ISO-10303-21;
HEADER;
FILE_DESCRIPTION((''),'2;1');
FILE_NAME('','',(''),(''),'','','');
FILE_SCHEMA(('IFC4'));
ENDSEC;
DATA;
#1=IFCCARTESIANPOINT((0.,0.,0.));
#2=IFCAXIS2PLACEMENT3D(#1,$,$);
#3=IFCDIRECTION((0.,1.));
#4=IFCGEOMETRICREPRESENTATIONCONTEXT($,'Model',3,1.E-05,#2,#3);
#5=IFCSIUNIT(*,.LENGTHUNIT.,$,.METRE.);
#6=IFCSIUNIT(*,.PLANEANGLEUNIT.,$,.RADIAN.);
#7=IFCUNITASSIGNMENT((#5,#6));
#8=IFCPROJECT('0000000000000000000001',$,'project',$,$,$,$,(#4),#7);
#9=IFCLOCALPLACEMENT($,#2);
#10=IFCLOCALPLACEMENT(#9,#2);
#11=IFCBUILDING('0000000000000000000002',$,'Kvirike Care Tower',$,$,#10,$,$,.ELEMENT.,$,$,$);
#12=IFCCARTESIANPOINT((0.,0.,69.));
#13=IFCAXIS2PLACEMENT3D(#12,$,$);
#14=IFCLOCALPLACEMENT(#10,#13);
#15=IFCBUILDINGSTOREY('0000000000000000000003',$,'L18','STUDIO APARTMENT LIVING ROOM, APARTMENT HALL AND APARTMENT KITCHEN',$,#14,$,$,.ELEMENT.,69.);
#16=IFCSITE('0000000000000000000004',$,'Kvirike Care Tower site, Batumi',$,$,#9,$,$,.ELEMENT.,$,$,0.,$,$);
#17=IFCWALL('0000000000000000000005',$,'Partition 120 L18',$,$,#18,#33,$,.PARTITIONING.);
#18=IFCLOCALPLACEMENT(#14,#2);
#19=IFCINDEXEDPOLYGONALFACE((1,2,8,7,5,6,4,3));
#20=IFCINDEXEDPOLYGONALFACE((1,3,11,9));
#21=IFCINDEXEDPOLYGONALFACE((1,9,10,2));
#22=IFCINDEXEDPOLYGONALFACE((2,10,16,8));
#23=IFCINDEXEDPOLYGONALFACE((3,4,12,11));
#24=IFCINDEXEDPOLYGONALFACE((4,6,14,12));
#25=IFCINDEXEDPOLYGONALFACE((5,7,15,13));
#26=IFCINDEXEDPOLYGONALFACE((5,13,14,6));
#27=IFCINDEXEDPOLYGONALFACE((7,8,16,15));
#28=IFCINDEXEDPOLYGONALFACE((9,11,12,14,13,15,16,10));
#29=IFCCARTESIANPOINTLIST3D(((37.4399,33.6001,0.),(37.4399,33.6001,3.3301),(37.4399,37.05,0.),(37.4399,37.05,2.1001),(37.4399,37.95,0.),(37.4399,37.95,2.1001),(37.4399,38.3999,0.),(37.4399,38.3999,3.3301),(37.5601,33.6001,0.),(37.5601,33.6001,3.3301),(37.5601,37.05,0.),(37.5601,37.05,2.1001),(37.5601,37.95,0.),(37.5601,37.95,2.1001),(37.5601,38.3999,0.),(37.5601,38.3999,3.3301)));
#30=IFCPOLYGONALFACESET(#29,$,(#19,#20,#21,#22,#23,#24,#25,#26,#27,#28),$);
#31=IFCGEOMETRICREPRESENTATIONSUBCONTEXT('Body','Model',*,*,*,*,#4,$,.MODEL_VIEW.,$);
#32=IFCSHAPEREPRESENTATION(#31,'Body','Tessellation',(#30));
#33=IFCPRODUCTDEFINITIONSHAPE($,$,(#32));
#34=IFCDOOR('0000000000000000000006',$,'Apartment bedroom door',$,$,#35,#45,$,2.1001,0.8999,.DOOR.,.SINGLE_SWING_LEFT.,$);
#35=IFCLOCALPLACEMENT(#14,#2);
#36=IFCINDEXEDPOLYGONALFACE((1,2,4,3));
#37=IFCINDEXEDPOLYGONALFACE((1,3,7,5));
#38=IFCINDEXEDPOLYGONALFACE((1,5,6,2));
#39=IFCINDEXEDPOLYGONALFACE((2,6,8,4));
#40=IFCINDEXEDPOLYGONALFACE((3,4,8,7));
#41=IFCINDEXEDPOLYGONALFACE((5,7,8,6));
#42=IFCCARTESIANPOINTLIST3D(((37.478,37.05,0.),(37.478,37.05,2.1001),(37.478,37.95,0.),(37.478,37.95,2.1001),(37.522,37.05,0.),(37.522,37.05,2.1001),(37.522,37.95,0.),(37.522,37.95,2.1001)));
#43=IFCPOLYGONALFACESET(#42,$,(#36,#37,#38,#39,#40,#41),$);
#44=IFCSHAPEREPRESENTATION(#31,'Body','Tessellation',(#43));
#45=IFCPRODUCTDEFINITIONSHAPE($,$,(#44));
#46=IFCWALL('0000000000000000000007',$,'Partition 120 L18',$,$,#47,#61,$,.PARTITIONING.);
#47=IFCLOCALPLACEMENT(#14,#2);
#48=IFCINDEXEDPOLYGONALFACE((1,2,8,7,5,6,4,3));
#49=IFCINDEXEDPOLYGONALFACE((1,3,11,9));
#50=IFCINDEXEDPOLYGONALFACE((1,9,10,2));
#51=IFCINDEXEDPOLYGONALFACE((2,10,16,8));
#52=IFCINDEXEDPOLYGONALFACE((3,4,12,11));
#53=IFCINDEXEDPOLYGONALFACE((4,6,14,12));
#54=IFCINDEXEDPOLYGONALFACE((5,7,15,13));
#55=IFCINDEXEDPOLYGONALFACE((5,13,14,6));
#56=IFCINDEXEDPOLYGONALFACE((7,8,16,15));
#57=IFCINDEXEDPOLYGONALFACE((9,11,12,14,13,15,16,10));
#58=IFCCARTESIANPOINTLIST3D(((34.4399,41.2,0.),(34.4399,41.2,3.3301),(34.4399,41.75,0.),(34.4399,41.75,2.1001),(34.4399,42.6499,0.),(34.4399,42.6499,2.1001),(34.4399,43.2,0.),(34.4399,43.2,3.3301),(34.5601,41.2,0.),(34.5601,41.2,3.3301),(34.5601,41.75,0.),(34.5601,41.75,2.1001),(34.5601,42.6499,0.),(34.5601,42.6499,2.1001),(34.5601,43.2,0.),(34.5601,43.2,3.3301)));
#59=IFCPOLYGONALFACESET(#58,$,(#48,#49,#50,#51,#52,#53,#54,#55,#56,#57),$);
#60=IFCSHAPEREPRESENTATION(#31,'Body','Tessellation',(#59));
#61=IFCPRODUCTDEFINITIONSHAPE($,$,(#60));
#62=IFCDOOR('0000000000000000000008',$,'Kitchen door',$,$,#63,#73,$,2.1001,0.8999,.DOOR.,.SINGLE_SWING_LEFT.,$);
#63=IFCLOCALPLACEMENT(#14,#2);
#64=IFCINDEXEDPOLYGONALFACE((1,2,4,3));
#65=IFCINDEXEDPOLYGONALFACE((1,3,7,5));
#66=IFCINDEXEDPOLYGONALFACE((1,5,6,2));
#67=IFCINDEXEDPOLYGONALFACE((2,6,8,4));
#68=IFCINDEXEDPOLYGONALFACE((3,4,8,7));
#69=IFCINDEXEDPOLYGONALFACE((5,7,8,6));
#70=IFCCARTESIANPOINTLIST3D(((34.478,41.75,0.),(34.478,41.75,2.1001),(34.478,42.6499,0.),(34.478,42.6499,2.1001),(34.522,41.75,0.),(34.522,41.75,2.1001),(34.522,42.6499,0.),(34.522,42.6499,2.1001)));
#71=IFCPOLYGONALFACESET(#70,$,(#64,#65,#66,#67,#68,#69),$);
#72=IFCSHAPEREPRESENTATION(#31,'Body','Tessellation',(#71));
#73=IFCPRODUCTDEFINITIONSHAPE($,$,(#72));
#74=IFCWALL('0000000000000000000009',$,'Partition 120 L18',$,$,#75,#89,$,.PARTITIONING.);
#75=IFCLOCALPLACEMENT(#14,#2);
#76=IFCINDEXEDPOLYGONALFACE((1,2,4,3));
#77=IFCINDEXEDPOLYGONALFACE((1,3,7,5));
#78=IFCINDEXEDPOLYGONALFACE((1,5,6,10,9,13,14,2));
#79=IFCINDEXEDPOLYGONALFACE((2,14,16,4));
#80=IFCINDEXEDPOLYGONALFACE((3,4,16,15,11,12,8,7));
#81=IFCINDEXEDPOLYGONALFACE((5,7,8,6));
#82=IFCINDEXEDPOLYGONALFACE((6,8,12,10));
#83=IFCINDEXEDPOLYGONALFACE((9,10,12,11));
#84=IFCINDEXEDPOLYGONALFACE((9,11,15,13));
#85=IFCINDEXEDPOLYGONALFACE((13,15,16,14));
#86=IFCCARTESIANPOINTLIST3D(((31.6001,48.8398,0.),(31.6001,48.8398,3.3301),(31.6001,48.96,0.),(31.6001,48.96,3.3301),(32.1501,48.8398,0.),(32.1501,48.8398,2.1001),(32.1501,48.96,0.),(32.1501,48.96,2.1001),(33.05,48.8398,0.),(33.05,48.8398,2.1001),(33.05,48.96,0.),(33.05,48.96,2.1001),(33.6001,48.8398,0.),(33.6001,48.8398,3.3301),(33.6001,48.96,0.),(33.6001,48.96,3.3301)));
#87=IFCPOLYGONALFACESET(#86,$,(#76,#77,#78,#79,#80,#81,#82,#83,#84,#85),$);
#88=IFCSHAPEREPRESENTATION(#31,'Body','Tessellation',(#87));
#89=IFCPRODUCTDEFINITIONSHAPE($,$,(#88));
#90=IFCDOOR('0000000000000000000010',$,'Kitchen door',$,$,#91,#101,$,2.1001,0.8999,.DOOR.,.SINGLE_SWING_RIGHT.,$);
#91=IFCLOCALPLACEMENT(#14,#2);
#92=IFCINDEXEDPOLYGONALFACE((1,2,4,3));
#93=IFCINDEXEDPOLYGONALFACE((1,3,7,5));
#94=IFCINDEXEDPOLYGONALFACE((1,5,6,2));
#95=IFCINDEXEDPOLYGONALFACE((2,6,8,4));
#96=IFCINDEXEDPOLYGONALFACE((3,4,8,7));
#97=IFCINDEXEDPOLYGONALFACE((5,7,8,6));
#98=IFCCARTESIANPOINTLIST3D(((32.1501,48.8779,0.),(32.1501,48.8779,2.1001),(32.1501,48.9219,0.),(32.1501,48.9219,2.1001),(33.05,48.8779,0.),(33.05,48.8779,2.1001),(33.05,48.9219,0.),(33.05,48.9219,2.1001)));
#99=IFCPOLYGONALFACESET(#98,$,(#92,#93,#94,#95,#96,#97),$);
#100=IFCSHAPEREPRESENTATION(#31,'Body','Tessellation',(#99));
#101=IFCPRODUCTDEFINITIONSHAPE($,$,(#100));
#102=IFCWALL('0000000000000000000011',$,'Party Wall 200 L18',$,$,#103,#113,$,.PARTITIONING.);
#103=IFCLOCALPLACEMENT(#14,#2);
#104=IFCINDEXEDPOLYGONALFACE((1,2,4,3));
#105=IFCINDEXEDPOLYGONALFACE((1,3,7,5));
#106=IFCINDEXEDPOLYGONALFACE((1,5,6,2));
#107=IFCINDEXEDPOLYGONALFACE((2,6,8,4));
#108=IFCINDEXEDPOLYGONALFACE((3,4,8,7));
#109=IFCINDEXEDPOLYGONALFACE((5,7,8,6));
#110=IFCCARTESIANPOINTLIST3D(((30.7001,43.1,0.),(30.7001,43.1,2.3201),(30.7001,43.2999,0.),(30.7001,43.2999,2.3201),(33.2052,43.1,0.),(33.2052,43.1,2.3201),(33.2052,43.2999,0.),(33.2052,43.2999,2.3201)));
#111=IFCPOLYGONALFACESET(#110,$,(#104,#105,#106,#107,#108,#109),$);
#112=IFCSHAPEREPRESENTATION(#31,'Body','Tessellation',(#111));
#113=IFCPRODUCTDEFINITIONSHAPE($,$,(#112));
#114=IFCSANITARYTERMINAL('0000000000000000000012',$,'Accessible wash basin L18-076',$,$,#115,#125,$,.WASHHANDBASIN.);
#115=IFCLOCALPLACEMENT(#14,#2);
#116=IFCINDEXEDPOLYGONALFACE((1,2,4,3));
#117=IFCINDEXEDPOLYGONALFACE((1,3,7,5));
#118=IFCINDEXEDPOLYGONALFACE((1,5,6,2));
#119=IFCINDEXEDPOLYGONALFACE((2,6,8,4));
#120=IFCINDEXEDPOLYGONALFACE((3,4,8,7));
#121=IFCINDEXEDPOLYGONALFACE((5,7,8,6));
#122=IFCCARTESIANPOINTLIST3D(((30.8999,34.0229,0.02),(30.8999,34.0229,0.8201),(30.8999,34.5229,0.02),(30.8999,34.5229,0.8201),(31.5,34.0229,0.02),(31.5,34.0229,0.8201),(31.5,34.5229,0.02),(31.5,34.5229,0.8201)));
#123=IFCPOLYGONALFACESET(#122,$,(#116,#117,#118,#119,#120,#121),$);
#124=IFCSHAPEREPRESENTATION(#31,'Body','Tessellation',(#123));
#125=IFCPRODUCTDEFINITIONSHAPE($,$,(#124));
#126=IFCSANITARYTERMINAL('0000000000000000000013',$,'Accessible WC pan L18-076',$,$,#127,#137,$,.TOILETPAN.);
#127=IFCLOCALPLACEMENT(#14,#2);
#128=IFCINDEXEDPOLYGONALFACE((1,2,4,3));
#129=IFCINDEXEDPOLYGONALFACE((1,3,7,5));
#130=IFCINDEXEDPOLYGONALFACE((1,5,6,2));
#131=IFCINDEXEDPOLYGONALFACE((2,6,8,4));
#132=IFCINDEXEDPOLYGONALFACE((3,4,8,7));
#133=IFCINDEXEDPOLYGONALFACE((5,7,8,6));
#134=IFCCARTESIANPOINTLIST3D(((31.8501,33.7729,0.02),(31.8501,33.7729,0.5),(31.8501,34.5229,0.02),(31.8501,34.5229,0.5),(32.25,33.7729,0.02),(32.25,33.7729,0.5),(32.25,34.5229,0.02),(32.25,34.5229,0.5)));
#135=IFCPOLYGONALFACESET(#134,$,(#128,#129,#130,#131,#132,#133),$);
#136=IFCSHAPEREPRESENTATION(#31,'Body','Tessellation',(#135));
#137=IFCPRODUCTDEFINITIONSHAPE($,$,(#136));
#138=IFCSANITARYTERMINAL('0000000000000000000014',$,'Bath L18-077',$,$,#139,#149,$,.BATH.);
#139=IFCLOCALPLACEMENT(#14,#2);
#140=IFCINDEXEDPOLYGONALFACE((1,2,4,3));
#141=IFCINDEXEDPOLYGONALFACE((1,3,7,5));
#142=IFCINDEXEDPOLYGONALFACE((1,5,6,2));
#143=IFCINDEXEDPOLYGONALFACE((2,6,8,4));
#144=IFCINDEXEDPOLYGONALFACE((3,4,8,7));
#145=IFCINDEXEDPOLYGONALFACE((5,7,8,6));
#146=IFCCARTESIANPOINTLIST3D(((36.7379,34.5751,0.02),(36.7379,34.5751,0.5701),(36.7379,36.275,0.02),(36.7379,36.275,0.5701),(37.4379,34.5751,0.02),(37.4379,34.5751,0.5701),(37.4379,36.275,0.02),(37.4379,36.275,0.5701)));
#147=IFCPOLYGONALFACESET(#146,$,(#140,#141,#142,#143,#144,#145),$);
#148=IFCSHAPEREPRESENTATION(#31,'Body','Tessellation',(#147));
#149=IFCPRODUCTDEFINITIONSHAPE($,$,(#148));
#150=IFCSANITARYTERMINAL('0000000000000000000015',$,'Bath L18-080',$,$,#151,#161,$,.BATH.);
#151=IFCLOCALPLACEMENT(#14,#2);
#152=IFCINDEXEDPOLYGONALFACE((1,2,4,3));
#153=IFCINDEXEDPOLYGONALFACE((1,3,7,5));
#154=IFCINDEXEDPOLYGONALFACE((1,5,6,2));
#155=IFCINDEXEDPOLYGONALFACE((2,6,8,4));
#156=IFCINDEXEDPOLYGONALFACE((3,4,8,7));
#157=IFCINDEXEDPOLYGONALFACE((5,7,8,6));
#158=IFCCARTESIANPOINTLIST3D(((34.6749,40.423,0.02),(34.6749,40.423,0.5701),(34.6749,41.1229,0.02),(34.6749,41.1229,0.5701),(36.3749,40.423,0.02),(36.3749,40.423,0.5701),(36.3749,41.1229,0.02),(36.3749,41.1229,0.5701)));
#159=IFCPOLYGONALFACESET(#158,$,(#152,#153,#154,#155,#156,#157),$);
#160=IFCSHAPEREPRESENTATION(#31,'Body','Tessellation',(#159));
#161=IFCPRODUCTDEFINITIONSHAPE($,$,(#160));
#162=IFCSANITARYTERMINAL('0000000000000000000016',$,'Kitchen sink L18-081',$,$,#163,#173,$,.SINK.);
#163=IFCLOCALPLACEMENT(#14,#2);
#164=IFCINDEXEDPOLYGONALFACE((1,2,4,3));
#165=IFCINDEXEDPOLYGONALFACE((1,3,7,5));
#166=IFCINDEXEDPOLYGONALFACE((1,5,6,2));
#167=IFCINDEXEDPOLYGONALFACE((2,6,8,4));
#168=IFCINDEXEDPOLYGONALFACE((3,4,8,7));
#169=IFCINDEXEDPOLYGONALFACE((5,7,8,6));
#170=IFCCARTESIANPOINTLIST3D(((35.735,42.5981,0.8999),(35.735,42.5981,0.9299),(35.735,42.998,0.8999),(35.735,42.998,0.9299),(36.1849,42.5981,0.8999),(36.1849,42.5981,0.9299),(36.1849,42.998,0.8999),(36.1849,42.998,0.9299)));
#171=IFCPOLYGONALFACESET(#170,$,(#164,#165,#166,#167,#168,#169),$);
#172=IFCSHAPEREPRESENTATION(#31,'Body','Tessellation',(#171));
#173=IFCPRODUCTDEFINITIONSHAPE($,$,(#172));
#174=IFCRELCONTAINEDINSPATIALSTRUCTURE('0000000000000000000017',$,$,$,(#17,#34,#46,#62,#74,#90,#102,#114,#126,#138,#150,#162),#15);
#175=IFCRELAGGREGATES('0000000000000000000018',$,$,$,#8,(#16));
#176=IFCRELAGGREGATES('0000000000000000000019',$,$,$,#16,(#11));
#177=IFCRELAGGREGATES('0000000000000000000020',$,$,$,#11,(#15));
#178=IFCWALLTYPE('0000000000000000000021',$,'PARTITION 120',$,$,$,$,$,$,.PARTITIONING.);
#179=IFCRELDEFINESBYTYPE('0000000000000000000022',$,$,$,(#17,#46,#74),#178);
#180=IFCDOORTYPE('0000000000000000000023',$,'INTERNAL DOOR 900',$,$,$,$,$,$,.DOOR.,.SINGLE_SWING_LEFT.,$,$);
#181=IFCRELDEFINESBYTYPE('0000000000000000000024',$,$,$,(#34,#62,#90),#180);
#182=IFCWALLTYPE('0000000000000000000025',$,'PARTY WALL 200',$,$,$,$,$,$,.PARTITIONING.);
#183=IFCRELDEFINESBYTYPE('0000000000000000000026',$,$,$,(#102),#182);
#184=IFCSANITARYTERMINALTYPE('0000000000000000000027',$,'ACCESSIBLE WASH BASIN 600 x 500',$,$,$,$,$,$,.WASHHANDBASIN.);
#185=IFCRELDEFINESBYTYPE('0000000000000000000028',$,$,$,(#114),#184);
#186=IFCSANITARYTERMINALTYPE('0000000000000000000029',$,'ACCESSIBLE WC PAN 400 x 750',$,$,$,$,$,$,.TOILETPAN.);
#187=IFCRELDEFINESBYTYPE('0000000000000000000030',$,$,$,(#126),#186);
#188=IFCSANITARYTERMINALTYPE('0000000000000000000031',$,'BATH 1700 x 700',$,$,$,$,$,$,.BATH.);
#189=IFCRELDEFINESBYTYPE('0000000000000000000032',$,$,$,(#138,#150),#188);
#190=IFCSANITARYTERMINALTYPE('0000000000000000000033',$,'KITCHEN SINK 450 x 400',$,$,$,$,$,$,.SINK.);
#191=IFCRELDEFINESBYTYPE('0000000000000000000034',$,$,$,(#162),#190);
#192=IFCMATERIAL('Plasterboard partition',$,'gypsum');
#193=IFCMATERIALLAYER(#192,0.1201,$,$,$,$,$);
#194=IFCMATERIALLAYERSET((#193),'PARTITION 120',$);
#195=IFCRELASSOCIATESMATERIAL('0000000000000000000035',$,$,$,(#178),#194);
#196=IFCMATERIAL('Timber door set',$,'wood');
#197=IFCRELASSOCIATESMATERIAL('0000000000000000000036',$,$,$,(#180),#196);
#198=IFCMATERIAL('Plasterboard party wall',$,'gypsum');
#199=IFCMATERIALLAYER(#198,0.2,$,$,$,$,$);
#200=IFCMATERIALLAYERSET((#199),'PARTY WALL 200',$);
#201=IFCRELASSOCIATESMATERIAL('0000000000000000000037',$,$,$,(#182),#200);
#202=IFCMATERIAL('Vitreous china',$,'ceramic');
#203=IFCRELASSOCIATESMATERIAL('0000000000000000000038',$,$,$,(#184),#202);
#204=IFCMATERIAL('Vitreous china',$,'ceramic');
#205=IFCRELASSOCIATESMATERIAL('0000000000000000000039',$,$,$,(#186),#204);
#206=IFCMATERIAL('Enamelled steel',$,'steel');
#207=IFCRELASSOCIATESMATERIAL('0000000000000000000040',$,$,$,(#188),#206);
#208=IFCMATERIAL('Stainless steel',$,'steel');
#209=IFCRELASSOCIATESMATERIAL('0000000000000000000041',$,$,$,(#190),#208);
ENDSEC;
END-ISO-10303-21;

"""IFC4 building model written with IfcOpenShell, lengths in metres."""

from ifc_helpers import new_model, si_unit, direction, frame, frame_2d, origin, origin_2d, place, context, subcontext, project, spatial, rectangle, extrude, material, layer, layer_set, type_object, element, fill, save


model = new_model("IFC4")

# Units and contexts
model_context = context("Model", 3, precision=1e-05, world=origin(), true_north=direction((0.0, 1.0)))
body_context = subcontext(model_context, "Body", "Model", "MODEL_VIEW")
ifc_project = project(units=[si_unit("LENGTHUNIT", "METRE"), si_unit("PLANEANGLEUNIT", "RADIAN")], contexts=[model_context])

# Site, building, storey
site_placement = place(None, origin())
site = spatial("IfcSite", under=ifc_project, at=site_placement, Name="Kvirike Care Tower site, Batumi", CompositionType="ELEMENT", RefElevation=0.0)
building_placement = place(site_placement, origin())
building = spatial("IfcBuilding", under=site, at=building_placement, Name="Kvirike Care Tower", CompositionType="ELEMENT")
storey_placement = place(building_placement, frame((0.0, 0.0, 69.0)))
storey = spatial("IfcBuildingStorey", under=building, at=storey_placement, Name="L18", Description="STUDIO APARTMENT LIVING ROOM, APARTMENT HALL AND APARTMENT KITCHEN", CompositionType="ELEMENT", Elevation=69.0)

# Walls, openings, doors
ifc_material_1 = material(Name="Plasterboard partition", Category="gypsum")
ifc_layer_1 = layer(ifc_material_1, 0.1201)
ifc_layer_set_1 = layer_set([ifc_layer_1], Name="PARTITION 120")
wall_type_1 = type_object("IfcWallType", Name="PARTITION 120", PredefinedType="PARTITIONING", material=ifc_layer_set_1)
wall_1_placement = place(storey_placement, frame((37.5, 33.6001, 0.0), z_axis=(0.0, 0.0, 1.0), x_axis=(0.0, 1.0, 0.0)))
wall_1 = element("IfcWall", 1, at=wall_1_placement, inside=storey, type_object=wall_type_1, Name="Partition 120 L18", PredefinedType="PARTITIONING", context=body_context, shape_type="SweptSolid", body=[
    extrude(rectangle(XDim=4.7998, YDim=0.1201, at=frame_2d((2.3999, 0.0))), origin(), (0.0, 0.0, 1.0), 3.3301),
])
opening_1_placement = place(wall_1_placement, frame((3.45, 0.0, 0.0)))
opening_1 = element("IfcOpeningElement", 2, at=opening_1_placement, cuts=wall_1, PredefinedType="OPENING", context=body_context, shape_type="SweptSolid", body=[
    extrude(rectangle(XDim=0.8999, YDim=2.1001, at=frame_2d((0.45, 1.05))), frame((0.0, 0.0706, 0.0), z_axis=(0.0, -1.0, 0.0), x_axis=(1.0, 0.0, 0.0)), (0.0, 0.0, 1.0), 0.1411),
])
ifc_material_2 = material(Name="Timber door set", Category="wood")
door_type_1 = type_object("IfcDoorType", Name="INTERNAL DOOR 900", OperationType="SINGLE_SWING_LEFT", PredefinedType="DOOR", material=ifc_material_2)
door_1_placement = place(opening_1_placement, origin())
door_1 = element("IfcDoor", 3, at=door_1_placement, inside=storey, type_object=door_type_1, Name="Apartment bedroom door", OperationType="SINGLE_SWING_LEFT", OverallHeight=2.1001, OverallWidth=0.8999, PredefinedType="DOOR", context=body_context, shape_type="SweptSolid", body=[
    extrude(rectangle(XDim=0.8999, YDim=2.1001, at=frame_2d((0.45, 1.05))), frame((0.0, 0.022, 0.0), z_axis=(0.0, -1.0, 0.0), x_axis=(1.0, 0.0, 0.0)), (0.0, 0.0, 1.0), 0.0439),
])
fill(opening_1, door_1)
wall_2_placement = place(storey_placement, frame((34.5, 41.2, 0.0), z_axis=(0.0, 0.0, 1.0), x_axis=(0.0, 1.0, 0.0)))
wall_2 = element("IfcWall", 4, at=wall_2_placement, inside=storey, type_object=wall_type_1, Name="Partition 120 L18", PredefinedType="PARTITIONING", context=body_context, shape_type="SweptSolid", body=[
    extrude(rectangle(XDim=2.0, YDim=0.1201, at=frame_2d((1.0, 0.0))), origin(), (0.0, 0.0, 1.0), 3.3301),
])
opening_2_placement = place(wall_2_placement, frame((0.55, 0.0, 0.0)))
opening_2 = element("IfcOpeningElement", 5, at=opening_2_placement, cuts=wall_2, PredefinedType="OPENING", context=body_context, shape_type="SweptSolid", body=[
    extrude(rectangle(XDim=0.8999, YDim=2.1001, at=frame_2d((0.45, 1.05))), frame((0.0, 0.0706, 0.0), z_axis=(0.0, -1.0, 0.0), x_axis=(1.0, 0.0, 0.0)), (0.0, 0.0, 1.0), 0.1411),
])
door_2_placement = place(opening_2_placement, frame((0.8999, 0.0, 0.0), z_axis=(0.0, 0.0, 1.0), x_axis=(-1.0, 0.0, 0.0)))
door_2 = element("IfcDoor", 6, at=door_2_placement, inside=storey, type_object=door_type_1, Name="Kitchen door", OperationType="SINGLE_SWING_LEFT", OverallHeight=2.1001, OverallWidth=0.8999, PredefinedType="DOOR", context=body_context, shape_type="SweptSolid", body=[
    extrude(rectangle(XDim=0.8999, YDim=2.1001, at=frame_2d((0.45, 1.05))), frame((0.0, 0.022, 0.0), z_axis=(0.0, -1.0, 0.0), x_axis=(1.0, 0.0, 0.0)), (0.0, 0.0, 1.0), 0.0439),
])
fill(opening_2, door_2)
wall_3_placement = place(storey_placement, frame((33.6001, 48.8999, 0.0), z_axis=(0.0, 0.0, 1.0), x_axis=(-1.0, 0.0, 0.0)))
wall_3 = element("IfcWall", 7, at=wall_3_placement, inside=storey, type_object=wall_type_1, Name="Partition 120 L18", PredefinedType="PARTITIONING", context=body_context, shape_type="SweptSolid", body=[
    extrude(rectangle(XDim=2.0, YDim=0.1201, at=frame_2d((1.0, 0.0))), origin(), (0.0, 0.0, 1.0), 3.3301),
])
opening_3_placement = place(wall_3_placement, frame((0.55, 0.0, 0.0)))
opening_3 = element("IfcOpeningElement", 8, at=opening_3_placement, cuts=wall_3, PredefinedType="OPENING", context=body_context, shape_type="SweptSolid", body=[
    extrude(rectangle(XDim=0.8999, YDim=2.1001, at=frame_2d((0.45, 1.05))), frame((0.0, 0.0706, 0.0), z_axis=(0.0, -1.0, 0.0), x_axis=(1.0, 0.0, 0.0)), (0.0, 0.0, 1.0), 0.1411),
])
door_3_placement = place(opening_3_placement, frame((0.8999, 0.0, 0.0), z_axis=(0.0, 0.0, 1.0), x_axis=(-1.0, 0.0, 0.0)))
door_3 = element("IfcDoor", 9, at=door_3_placement, inside=storey, type_object=door_type_1, Name="Kitchen door", OperationType="SINGLE_SWING_RIGHT", OverallHeight=2.1001, OverallWidth=0.8999, PredefinedType="DOOR", context=body_context, shape_type="SweptSolid", body=[
    extrude(rectangle(XDim=0.8999, YDim=2.1001, at=frame_2d((0.45, 1.05))), frame((0.0, 0.022, 0.0), z_axis=(0.0, -1.0, 0.0), x_axis=(1.0, 0.0, 0.0)), (0.0, 0.0, 1.0), 0.0439),
])
fill(opening_3, door_3)

# Wall
ifc_material_3 = material(Name="Plasterboard party wall", Category="gypsum")
ifc_layer_2 = layer(ifc_material_3, 0.2)
ifc_layer_set_2 = layer_set([ifc_layer_2], Name="PARTY WALL 200")
wall_type_2 = type_object("IfcWallType", Name="PARTY WALL 200", PredefinedType="PARTITIONING", material=ifc_layer_set_2)
wall_4_placement = place(storey_placement, frame((33.2051, 43.2, 0.0), z_axis=(0.0, 0.0, 1.0), x_axis=(-1.0, 0.0, 0.0)))
element("IfcWall", 10, at=wall_4_placement, inside=storey, type_object=wall_type_2, Name="Party Wall 200 L18", PredefinedType="PARTITIONING", context=body_context, shape_type="SweptSolid", body=[
    extrude(rectangle(XDim=2.5051, YDim=0.2, at=frame_2d((1.2524, 0.0))), origin(), (0.0, 0.0, 1.0), 2.3201),
])

# Sanitary terminals
ifc_material_4 = material(Name="Vitreous china", Category="ceramic")
sanitary_terminal_type_1 = type_object("IfcSanitaryTerminalType", Name="ACCESSIBLE WASH BASIN 600 x 500", PredefinedType="WASHHANDBASIN", material=ifc_material_4)
sanitary_terminal_1_placement = place(storey_placement, frame((31.2, 34.2729, 0.02), z_axis=(0.0, 0.0, 1.0), x_axis=(1.0, 0.0, 0.0)))
element("IfcSanitaryTerminal", 11, at=sanitary_terminal_1_placement, inside=storey, type_object=sanitary_terminal_type_1, Name="Accessible wash basin L18-076", PredefinedType="WASHHANDBASIN", context=body_context, shape_type="SweptSolid", body=[
    extrude(rectangle(XDim=0.6001, YDim=0.5, at=origin_2d()), origin(), (0.0, 0.0, 1.0), 0.8),
])
ifc_material_5 = material(Name="Vitreous china", Category="ceramic")
sanitary_terminal_type_2 = type_object("IfcSanitaryTerminalType", Name="ACCESSIBLE WC PAN 400 x 750", PredefinedType="TOILETPAN", material=ifc_material_5)
sanitary_terminal_2_placement = place(storey_placement, frame((32.05, 34.1479, 0.02), z_axis=(0.0, 0.0, 1.0), x_axis=(1.0, 0.0, 0.0)))
element("IfcSanitaryTerminal", 12, at=sanitary_terminal_2_placement, inside=storey, type_object=sanitary_terminal_type_2, Name="Accessible WC pan L18-076", PredefinedType="TOILETPAN", context=body_context, shape_type="SweptSolid", body=[
    extrude(rectangle(XDim=0.3999, YDim=0.75, at=origin_2d()), origin(), (0.0, 0.0, 1.0), 0.48),
])
ifc_material_6 = material(Name="Enamelled steel", Category="steel")
sanitary_terminal_type_3 = type_object("IfcSanitaryTerminalType", Name="BATH 1700 x 700", PredefinedType="BATH", material=ifc_material_6)
for number, where, z_axis, x_axis, name in (
    (13, (37.0879, 35.425, 0.02), (0.0, 0.0, 1.0), (0.0, -1.0, 0.0), "Bath L18-077"),
    (14, (35.5249, 40.7729, 0.02), (0.0, 0.0, 1.0), (1.0, 0.0, 0.0), "Bath L18-080"),
):
    element("IfcSanitaryTerminal", number, at=place(storey_placement, frame(where, z_axis=z_axis, x_axis=x_axis)), inside=storey, type_object=sanitary_terminal_type_3, Name=name, PredefinedType="BATH", context=body_context, shape_type="SweptSolid", body=[
        extrude(rectangle(XDim=1.7, YDim=0.7, at=origin_2d()), origin(), (0.0, 0.0, 1.0), 0.55),
    ])
ifc_material_7 = material(Name="Stainless steel", Category="steel")
sanitary_terminal_type_4 = type_object("IfcSanitaryTerminalType", Name="KITCHEN SINK 450 x 400", PredefinedType="SINK", material=ifc_material_7)
sanitary_terminal_3_placement = place(storey_placement, frame((35.96, 42.7981, 0.8999), z_axis=(0.0, 0.0, 1.0), x_axis=(1.0, 0.0, 0.0)))
element("IfcSanitaryTerminal", 15, at=sanitary_terminal_3_placement, inside=storey, type_object=sanitary_terminal_type_4, Name="Kitchen sink L18-081", PredefinedType="SINK", context=body_context, shape_type="SweptSolid", body=[
    extrude(rectangle(XDim=0.45, YDim=0.3999, at=origin_2d()), origin(), (0.0, 0.0, 1.0), 0.03),
])

save(model, "model.ifc")
